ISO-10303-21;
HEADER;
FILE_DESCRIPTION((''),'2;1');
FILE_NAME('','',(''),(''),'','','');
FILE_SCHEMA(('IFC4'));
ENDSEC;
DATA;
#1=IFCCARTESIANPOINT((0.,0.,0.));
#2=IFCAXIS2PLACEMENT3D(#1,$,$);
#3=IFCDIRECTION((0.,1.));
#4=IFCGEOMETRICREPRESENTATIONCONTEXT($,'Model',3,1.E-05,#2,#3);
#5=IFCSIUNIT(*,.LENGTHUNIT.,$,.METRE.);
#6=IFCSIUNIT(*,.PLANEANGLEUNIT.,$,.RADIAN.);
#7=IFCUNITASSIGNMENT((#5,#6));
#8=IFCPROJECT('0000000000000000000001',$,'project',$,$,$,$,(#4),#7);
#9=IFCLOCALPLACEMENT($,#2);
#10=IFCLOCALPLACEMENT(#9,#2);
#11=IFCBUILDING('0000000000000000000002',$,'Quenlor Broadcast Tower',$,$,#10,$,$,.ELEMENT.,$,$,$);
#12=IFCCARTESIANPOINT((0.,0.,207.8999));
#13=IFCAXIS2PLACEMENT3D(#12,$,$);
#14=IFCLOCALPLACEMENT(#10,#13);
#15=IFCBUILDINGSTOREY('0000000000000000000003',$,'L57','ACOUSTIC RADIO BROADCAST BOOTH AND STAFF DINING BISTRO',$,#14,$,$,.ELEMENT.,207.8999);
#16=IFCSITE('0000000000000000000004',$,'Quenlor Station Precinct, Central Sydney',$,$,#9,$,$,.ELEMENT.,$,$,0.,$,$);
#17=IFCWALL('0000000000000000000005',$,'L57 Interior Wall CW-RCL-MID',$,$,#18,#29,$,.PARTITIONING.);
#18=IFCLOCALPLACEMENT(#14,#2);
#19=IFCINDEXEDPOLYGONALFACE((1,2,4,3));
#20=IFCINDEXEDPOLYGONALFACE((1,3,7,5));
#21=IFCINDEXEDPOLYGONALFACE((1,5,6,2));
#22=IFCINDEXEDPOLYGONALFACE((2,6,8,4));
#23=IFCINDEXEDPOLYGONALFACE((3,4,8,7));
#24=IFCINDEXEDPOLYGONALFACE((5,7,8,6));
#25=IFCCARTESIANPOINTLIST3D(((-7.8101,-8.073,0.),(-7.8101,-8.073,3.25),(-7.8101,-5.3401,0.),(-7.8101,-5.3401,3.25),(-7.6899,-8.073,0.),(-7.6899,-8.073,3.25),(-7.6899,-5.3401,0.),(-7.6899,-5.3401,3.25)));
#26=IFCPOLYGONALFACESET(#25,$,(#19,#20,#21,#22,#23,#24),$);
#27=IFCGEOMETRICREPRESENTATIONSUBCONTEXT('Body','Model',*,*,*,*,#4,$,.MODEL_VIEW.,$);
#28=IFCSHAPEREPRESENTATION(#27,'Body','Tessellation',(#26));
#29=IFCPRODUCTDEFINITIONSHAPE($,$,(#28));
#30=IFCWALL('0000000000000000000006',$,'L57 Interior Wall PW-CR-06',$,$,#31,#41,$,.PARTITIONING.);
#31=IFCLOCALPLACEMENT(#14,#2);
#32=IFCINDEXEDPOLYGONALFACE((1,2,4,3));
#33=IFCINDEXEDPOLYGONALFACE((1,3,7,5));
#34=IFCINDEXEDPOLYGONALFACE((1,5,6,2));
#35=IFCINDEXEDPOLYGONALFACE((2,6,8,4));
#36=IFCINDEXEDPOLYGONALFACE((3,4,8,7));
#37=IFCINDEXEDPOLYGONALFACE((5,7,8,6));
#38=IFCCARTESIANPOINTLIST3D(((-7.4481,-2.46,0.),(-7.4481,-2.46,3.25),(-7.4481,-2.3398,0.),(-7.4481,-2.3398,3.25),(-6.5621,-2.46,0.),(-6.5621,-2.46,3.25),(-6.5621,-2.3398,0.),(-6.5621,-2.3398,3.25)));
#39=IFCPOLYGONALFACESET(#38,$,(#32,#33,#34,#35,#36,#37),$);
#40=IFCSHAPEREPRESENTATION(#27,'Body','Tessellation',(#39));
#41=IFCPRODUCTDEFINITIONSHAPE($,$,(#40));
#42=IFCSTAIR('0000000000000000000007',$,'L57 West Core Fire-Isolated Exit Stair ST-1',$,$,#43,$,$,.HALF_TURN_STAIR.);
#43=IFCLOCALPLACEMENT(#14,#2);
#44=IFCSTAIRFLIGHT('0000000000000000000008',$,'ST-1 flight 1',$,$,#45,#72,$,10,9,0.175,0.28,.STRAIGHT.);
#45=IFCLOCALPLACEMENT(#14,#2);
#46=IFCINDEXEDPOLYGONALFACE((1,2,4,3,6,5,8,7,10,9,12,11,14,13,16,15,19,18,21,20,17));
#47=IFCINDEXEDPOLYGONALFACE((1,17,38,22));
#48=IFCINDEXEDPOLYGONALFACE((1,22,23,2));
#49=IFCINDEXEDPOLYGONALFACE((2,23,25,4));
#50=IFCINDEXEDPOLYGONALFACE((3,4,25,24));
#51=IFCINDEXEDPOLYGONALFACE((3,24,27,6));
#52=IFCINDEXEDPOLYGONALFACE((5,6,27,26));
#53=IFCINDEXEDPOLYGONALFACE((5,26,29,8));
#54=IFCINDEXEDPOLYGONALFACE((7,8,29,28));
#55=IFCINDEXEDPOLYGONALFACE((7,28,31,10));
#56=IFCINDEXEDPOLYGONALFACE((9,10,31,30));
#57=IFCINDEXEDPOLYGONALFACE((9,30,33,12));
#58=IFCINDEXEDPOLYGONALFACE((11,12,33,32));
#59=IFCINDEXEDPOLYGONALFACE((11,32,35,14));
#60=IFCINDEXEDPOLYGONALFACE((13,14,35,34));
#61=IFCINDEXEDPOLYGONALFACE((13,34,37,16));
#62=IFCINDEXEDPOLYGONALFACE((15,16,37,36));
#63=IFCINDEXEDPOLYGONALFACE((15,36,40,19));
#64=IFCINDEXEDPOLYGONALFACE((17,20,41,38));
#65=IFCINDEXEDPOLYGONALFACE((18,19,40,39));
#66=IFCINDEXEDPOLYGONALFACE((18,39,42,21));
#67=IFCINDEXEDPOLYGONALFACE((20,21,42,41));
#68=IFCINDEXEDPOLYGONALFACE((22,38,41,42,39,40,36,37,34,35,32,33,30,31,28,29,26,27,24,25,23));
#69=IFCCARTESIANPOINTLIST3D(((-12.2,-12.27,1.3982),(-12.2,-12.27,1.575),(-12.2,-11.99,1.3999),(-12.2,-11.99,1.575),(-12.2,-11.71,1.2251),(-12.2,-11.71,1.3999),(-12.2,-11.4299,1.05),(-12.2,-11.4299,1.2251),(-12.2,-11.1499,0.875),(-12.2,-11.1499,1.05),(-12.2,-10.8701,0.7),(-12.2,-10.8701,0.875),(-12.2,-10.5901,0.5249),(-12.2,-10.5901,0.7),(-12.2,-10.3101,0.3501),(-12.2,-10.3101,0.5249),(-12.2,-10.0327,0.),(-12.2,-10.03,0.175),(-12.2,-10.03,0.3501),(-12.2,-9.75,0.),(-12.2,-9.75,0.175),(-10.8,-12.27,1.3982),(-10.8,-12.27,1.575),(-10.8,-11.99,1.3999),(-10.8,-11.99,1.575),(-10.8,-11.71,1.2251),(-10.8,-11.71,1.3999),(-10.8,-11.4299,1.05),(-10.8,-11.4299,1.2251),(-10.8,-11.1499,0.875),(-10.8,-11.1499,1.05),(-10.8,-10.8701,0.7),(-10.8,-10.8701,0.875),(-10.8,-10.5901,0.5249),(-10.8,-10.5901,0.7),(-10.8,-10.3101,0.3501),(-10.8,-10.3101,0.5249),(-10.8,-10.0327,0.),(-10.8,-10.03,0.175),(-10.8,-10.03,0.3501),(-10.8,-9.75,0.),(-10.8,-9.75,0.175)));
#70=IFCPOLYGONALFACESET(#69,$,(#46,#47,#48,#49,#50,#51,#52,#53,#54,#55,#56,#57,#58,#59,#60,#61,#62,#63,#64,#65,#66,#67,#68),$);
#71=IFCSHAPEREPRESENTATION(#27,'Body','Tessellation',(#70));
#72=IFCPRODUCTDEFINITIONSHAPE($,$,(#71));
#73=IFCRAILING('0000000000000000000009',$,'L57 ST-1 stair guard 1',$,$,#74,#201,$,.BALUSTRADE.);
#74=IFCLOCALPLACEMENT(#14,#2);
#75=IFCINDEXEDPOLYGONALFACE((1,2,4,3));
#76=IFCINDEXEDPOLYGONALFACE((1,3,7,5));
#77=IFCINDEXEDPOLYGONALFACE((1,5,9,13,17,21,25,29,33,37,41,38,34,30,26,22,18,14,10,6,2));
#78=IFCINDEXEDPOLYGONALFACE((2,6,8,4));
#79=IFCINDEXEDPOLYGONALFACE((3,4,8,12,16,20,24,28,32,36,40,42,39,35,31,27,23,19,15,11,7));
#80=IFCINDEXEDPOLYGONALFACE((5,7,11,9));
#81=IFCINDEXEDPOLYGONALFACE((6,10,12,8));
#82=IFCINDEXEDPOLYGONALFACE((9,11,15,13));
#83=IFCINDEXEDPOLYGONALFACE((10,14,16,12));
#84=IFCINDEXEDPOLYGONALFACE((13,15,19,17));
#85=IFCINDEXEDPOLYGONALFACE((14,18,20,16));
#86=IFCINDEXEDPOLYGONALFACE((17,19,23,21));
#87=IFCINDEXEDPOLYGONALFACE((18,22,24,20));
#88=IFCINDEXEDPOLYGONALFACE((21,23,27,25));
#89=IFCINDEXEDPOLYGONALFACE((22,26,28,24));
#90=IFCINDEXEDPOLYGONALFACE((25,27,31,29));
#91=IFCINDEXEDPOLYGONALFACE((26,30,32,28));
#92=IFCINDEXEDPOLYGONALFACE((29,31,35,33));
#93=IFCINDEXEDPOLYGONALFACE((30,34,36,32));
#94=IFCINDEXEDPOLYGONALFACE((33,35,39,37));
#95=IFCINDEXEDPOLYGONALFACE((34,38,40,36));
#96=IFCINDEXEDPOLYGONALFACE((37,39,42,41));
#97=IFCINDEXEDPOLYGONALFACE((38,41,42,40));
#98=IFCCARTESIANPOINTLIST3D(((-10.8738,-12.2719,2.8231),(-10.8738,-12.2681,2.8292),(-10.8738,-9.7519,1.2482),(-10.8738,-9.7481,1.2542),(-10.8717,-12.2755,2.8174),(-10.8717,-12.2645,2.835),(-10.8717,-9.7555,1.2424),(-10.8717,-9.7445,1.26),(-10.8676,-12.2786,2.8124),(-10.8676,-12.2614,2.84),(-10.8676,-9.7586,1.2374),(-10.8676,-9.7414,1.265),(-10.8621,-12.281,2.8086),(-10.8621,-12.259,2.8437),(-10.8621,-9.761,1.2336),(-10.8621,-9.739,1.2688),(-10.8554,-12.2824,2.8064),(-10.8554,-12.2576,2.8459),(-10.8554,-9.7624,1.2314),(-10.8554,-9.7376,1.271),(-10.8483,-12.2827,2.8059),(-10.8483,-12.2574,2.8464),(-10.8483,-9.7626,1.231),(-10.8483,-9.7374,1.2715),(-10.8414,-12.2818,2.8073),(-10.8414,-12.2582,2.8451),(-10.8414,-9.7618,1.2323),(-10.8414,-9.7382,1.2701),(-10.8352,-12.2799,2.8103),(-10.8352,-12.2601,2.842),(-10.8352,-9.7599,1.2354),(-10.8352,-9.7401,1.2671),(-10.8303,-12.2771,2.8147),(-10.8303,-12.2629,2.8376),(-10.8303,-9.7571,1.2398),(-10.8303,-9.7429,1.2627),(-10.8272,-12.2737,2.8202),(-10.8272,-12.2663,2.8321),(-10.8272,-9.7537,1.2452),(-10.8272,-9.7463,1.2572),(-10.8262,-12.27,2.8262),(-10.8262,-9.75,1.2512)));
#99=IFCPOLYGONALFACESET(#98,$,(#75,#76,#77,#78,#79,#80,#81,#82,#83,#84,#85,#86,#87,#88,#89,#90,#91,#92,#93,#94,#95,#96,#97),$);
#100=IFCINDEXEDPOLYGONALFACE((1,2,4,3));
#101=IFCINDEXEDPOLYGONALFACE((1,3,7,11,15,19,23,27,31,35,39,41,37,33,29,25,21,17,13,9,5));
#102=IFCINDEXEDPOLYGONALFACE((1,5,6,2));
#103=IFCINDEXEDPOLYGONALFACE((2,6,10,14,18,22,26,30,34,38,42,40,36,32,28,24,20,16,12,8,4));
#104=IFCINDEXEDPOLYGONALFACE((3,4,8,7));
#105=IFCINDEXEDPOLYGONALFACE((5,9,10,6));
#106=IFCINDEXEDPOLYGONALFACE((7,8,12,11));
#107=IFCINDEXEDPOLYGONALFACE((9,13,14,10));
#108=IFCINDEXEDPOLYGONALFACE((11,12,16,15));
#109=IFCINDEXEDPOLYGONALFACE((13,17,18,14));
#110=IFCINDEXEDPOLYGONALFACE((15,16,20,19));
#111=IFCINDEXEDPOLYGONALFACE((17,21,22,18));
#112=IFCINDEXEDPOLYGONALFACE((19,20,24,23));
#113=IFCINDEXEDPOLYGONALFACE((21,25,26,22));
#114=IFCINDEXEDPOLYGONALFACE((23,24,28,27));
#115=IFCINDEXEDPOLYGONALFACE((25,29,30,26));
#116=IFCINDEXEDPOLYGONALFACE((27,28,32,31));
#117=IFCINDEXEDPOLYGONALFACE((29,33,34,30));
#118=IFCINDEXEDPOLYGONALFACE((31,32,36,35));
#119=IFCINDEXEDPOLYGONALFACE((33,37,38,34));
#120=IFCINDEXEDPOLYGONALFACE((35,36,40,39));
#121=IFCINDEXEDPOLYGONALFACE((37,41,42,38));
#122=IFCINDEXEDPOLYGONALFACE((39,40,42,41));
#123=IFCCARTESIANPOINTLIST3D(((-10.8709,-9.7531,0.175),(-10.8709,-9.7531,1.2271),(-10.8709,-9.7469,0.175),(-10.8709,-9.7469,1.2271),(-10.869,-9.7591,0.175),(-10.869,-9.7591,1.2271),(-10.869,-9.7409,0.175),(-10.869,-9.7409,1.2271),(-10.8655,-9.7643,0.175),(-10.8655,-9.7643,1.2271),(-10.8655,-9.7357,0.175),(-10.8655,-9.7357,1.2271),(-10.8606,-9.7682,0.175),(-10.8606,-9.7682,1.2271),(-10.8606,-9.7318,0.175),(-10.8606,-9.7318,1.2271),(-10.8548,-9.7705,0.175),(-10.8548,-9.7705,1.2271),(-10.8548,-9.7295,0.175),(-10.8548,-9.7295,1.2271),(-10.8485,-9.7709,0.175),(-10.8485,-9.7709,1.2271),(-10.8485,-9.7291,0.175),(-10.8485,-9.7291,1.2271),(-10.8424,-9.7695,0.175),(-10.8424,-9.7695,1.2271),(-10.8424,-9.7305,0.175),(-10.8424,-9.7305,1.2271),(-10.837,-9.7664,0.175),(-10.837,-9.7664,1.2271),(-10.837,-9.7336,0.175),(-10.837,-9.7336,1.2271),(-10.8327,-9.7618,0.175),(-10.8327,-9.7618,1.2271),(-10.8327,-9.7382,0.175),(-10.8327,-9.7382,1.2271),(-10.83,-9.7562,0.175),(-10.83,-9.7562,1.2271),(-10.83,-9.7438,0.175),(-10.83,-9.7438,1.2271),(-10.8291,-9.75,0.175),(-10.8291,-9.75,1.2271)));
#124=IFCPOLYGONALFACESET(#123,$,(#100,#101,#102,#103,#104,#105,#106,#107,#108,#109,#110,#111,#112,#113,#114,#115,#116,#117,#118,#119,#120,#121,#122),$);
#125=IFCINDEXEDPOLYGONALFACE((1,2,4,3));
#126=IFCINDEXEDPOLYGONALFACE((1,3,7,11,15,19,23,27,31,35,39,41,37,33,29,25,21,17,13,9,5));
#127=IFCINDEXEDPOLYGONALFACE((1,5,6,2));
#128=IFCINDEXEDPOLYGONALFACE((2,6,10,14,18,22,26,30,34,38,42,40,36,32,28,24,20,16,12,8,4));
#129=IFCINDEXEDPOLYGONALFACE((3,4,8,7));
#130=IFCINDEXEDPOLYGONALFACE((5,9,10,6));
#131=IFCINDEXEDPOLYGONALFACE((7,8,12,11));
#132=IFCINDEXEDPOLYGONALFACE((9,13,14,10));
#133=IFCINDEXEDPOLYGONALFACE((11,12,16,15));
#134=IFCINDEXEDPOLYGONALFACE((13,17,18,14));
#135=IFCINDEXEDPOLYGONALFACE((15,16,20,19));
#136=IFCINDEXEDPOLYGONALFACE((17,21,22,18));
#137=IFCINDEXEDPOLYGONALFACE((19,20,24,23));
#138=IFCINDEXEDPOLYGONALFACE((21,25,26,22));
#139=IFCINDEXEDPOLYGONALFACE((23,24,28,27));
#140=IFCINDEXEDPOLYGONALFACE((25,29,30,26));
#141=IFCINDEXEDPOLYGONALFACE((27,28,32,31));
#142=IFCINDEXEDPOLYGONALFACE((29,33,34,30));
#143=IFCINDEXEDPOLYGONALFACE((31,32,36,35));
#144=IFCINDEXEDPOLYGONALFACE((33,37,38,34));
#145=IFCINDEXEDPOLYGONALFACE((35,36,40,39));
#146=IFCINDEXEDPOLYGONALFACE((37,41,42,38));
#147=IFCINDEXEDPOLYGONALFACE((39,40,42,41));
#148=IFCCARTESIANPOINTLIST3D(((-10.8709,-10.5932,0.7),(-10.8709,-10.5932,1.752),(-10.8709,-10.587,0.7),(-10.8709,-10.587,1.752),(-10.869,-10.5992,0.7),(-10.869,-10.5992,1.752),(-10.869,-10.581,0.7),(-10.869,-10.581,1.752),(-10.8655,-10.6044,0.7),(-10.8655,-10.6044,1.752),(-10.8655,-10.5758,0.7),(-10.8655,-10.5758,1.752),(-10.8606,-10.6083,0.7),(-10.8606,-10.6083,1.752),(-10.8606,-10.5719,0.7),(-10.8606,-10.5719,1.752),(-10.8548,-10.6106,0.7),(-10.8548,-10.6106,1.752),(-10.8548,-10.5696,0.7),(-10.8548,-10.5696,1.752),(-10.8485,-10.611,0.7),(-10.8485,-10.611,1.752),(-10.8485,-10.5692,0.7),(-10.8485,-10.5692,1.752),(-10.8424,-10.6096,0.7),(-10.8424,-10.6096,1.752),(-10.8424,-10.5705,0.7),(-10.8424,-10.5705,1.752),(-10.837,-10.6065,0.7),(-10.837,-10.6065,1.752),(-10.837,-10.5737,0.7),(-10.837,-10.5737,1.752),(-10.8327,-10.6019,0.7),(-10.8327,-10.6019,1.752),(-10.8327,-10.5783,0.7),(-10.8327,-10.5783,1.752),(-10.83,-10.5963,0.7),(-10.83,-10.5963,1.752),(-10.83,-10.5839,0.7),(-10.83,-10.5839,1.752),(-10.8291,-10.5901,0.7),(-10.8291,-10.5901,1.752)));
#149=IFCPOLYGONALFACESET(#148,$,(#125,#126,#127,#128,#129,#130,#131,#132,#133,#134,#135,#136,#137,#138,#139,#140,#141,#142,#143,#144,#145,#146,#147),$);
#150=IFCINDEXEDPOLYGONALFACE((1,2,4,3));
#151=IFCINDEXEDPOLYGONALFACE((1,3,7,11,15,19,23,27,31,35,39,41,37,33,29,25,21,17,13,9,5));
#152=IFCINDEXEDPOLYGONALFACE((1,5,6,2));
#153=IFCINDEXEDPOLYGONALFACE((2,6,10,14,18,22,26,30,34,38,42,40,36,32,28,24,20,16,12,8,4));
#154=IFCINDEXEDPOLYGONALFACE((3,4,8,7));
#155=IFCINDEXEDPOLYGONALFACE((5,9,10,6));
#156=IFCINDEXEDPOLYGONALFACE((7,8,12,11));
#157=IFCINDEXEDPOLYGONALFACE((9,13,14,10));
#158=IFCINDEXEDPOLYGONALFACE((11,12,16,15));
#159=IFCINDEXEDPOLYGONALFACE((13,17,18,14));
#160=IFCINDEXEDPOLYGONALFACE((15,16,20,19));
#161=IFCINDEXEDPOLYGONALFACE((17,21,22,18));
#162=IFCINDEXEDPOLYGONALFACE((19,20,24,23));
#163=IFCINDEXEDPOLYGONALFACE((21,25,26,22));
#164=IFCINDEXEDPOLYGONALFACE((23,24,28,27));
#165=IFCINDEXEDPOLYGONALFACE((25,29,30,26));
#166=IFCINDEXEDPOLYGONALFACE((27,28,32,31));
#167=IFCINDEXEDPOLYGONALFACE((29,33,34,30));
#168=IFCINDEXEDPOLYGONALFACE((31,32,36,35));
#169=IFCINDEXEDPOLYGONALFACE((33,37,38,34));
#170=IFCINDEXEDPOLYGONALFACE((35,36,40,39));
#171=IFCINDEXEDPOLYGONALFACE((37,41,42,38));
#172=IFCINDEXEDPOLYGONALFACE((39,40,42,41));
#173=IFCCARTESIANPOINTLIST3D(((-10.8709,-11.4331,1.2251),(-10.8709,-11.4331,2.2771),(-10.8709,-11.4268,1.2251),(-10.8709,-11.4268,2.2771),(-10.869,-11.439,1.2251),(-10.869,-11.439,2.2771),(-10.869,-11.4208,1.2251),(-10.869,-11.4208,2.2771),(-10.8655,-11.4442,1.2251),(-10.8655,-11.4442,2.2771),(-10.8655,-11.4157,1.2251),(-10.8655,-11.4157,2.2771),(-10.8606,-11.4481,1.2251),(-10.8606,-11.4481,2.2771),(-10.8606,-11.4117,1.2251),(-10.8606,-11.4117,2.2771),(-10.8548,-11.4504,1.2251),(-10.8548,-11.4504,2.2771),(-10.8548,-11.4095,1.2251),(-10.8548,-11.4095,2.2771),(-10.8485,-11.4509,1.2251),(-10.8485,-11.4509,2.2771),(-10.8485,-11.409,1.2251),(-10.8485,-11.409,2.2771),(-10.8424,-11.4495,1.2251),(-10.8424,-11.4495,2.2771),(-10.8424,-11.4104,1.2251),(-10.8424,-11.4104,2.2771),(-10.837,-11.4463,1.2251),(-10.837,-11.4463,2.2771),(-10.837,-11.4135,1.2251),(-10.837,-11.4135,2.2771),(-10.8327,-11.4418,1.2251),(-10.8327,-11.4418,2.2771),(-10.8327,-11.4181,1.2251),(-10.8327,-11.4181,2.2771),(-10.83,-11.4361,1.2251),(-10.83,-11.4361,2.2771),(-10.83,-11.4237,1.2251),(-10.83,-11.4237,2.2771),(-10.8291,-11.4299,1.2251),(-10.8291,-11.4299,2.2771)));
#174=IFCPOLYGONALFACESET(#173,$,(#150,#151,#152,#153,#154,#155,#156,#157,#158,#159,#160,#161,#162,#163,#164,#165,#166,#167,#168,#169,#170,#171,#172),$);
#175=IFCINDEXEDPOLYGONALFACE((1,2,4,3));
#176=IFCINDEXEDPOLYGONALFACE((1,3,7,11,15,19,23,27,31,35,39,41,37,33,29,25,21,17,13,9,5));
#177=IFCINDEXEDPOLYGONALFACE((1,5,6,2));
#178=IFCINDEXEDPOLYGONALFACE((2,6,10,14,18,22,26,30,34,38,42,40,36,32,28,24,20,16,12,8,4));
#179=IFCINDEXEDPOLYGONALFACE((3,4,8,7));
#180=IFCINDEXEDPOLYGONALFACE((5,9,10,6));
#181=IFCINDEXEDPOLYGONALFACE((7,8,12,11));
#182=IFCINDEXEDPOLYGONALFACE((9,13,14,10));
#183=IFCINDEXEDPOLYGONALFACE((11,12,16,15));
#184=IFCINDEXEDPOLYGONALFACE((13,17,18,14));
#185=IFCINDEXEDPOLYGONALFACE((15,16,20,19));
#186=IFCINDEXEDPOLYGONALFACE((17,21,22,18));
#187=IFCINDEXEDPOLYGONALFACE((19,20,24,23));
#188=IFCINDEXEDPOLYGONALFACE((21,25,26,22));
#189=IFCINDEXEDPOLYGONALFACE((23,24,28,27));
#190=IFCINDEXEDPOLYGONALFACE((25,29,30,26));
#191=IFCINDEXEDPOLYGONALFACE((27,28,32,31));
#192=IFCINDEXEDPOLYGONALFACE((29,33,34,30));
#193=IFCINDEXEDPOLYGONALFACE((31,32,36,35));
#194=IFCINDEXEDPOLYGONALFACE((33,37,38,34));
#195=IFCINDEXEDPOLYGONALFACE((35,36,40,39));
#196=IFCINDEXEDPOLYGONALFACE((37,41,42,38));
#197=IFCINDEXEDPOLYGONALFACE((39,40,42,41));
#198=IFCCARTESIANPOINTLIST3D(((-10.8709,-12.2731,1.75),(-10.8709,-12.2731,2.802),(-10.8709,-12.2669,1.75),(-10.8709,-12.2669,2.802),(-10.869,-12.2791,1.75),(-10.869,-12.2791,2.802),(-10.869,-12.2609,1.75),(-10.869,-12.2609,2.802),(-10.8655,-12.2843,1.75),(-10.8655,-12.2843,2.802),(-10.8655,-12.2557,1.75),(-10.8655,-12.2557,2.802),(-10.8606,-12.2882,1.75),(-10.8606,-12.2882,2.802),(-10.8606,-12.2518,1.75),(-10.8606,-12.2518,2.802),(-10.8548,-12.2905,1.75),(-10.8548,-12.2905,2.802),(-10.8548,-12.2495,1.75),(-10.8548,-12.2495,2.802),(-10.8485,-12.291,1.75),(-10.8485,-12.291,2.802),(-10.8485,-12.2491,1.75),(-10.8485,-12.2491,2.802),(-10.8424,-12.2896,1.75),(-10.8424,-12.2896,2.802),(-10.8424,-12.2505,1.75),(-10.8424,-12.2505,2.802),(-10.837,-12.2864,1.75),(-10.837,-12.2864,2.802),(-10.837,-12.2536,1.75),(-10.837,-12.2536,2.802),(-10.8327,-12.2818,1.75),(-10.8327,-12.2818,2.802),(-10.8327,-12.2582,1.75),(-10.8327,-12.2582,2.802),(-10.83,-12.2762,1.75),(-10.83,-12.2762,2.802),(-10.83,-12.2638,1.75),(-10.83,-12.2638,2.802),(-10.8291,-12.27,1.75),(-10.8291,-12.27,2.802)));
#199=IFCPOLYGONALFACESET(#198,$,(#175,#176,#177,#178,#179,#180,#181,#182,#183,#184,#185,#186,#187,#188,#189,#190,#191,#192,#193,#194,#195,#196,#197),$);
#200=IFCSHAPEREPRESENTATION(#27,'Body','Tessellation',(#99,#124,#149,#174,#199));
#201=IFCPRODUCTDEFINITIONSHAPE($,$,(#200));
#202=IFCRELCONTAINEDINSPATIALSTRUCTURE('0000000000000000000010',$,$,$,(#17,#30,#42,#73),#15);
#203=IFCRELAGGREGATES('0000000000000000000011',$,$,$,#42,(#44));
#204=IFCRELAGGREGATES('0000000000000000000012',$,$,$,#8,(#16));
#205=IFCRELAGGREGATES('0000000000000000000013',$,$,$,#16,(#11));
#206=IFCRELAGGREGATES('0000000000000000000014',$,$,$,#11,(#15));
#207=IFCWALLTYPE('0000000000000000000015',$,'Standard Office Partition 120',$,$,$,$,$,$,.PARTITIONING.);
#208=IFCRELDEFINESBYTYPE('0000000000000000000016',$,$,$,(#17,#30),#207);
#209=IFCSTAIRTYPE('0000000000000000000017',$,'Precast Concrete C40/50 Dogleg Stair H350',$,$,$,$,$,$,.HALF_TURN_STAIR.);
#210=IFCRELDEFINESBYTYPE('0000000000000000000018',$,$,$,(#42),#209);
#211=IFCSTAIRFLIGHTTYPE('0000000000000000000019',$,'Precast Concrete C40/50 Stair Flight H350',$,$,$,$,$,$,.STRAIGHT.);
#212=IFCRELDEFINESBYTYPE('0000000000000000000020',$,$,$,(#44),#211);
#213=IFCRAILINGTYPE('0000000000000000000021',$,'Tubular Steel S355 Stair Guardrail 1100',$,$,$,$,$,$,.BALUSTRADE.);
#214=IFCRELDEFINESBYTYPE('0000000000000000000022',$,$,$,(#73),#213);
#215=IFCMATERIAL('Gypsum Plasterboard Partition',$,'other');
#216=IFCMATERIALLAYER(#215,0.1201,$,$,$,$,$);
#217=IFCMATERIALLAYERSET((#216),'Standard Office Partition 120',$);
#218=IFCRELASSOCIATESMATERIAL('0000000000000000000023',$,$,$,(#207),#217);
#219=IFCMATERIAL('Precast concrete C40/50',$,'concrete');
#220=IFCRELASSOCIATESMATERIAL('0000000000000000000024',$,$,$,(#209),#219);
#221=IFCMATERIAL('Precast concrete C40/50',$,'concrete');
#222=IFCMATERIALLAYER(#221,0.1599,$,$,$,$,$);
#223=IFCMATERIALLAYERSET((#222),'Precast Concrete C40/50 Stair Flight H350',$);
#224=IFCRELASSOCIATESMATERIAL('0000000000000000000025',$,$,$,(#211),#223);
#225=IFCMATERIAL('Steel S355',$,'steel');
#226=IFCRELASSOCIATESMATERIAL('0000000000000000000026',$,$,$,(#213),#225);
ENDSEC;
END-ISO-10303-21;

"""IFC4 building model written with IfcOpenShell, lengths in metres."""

from ifc_helpers import new_model, si_unit, direction, frame, frame_2d, origin, origin_2d, place, context, subcontext, project, spatial, polyline, rectangle, circle, outline, extrude, material, layer, layer_set, type_object, element, aggregate, save


model = new_model("IFC4")

# Units and contexts
model_context = context("Model", 3, precision=1e-05, world=origin(), true_north=direction((0.0, 1.0)))
body_context = subcontext(model_context, "Body", "Model", "MODEL_VIEW")
ifc_project = project(units=[si_unit("LENGTHUNIT", "METRE"), si_unit("PLANEANGLEUNIT", "RADIAN")], contexts=[model_context])

# Site, building, storey
site_placement = place(None, origin())
site = spatial("IfcSite", under=ifc_project, at=site_placement, Name="Quenlor Station Precinct, Central Sydney", CompositionType="ELEMENT", RefElevation=0.0)
building_placement = place(site_placement, origin())
building = spatial("IfcBuilding", under=site, at=building_placement, Name="Quenlor Broadcast Tower", CompositionType="ELEMENT")
storey_placement = place(building_placement, frame((0.0, 0.0, 207.8999)))
storey = spatial("IfcBuildingStorey", under=building, at=storey_placement, Name="L57", Description="ACOUSTIC RADIO BROADCAST BOOTH AND STAFF DINING BISTRO", CompositionType="ELEMENT", Elevation=207.8999)

# Wall
ifc_material_1 = material(Name="Gypsum Plasterboard Partition", Category="other")
ifc_layer_1 = layer(ifc_material_1, 0.1201)
ifc_layer_set_1 = layer_set([ifc_layer_1], Name="Standard Office Partition 120")
wall_type_1 = type_object("IfcWallType", Name="Standard Office Partition 120", PredefinedType="PARTITIONING", material=ifc_layer_set_1)
wall_1_placement = place(storey_placement, frame((-7.75, -8.073, 0.0), z_axis=(0.0, 0.0, 1.0), x_axis=(0.0, 1.0, 0.0)))
element("IfcWall", 1, at=wall_1_placement, inside=storey, type_object=wall_type_1, Name="L57 Interior Wall CW-RCL-MID", PredefinedType="PARTITIONING", context=body_context, shape_type="SweptSolid", body=[
    extrude(rectangle(XDim=2.7329, YDim=0.1201, at=frame_2d((1.3665, 0.0))), origin(), (0.0, 0.0, 1.0), 3.25),
])

# Wall
wall_2_placement = place(storey_placement, frame((-7.448, -2.3999, 0.0), z_axis=(0.0, 0.0, 1.0), x_axis=(1.0, 0.0, 0.0)))
element("IfcWall", 2, at=wall_2_placement, inside=storey, type_object=wall_type_1, Name="L57 Interior Wall PW-CR-06", PredefinedType="PARTITIONING", context=body_context, shape_type="SweptSolid", body=[
    extrude(rectangle(XDim=0.886, YDim=0.1201, at=frame_2d((0.4429, 0.0))), origin(), (0.0, 0.0, 1.0), 3.25),
])

# Stair, stair flight
ifc_material_2 = material(Name="Precast concrete C40/50", Category="concrete")
stair_type = type_object("IfcStairType", Name="Precast Concrete C40/50 Dogleg Stair H350", PredefinedType="HALF_TURN_STAIR", material=ifc_material_2)
stair_placement = place(storey_placement, origin())
stair = element("IfcStair", 3, at=stair_placement, inside=storey, type_object=stair_type, Name="L57 West Core Fire-Isolated Exit Stair ST-1", PredefinedType="HALF_TURN_STAIR")
ifc_material_3 = material(Name="Precast concrete C40/50", Category="concrete")
ifc_layer_2 = layer(ifc_material_3, 0.1599)
ifc_layer_set_2 = layer_set([ifc_layer_2], Name="Precast Concrete C40/50 Stair Flight H350")
stair_flight_type = type_object("IfcStairFlightType", Name="Precast Concrete C40/50 Stair Flight H350", PredefinedType="STRAIGHT", material=ifc_layer_set_2)
stair_flight_placement = place(storey_placement, frame((-11.5, -9.75, 0.0), z_axis=(0.0, 0.0, 1.0), x_axis=(0.0, -1.0, 0.0)))
stair_flight = element("IfcStairFlight", 4, at=stair_flight_placement, type_object=stair_flight_type, Name="ST-1 flight 1", NumberOfRisers=10, NumberOfTreads=9, PredefinedType="STRAIGHT", RiserHeight=0.175, TreadLength=0.28, context=body_context, shape_type="SweptSolid", body=[
    extrude(outline(polyline([(0.0, 0.0), (0.0, 0.175), (0.28, 0.175), (0.28, 0.3501), (0.5601, 0.3501), (0.5601, 0.5249), (0.8401, 0.5249), (0.8401, 0.7), (1.1201, 0.7), (1.1201, 0.875), (1.3999, 0.875), (1.3999, 1.05), (1.6799, 1.05), (1.6799, 1.2251), (1.96, 1.2251), (1.96, 1.3999), (2.24, 1.3999), (2.24, 1.575), (2.52, 1.575), (2.52, 1.75), (2.52, 1.3982), (0.2827, 0.0), (0.0, 0.0)])), frame((0.0, 0.7, 0.0), z_axis=(0.0, -1.0, 0.0), x_axis=(1.0, 0.0, 0.0)), (0.0, 0.0, 1.0), 1.3999),
])
aggregate(stair, [stair_flight])

# Railing
ifc_material_4 = material(Name="Steel S355", Category="steel")
railing_type = type_object("IfcRailingType", Name="Tubular Steel S355 Stair Guardrail 1100", PredefinedType="BALUSTRADE", material=ifc_material_4)
railing_1_placement = place(storey_placement, frame((-10.8501, -9.75, 0.175)))
element("IfcRailing", 5, at=railing_1_placement, inside=storey, type_object=railing_type, Name="L57 ST-1 stair guard 1", PredefinedType="BALUSTRADE", context=body_context, shape_type="SweptSolid", body=[
    extrude(circle(Radius=0.0239, at=origin_2d()), frame((0.0, 0.0, 1.0762), z_axis=(0.0, -0.848008, 0.529984), x_axis=(1.0, 0.0, 0.0)), (0.0, 0.0, 1.0), 2.9717),
    extrude(circle(Radius=0.021, at=origin_2d()), origin(), (0.0, 0.0, 1.0), 1.052),
    extrude(circle(Radius=0.021, at=origin_2d()), frame((0.0, -0.8401, 0.5249)), (0.0, 0.0, 1.0), 1.052),
    extrude(circle(Radius=0.021, at=origin_2d()), frame((0.0, -1.6799, 1.05)), (0.0, 0.0, 1.0), 1.052),
    extrude(circle(Radius=0.021, at=origin_2d()), frame((0.0, -2.52, 1.575)), (0.0, 0.0, 1.0), 1.052),
])

save(model, "model.ifc")
